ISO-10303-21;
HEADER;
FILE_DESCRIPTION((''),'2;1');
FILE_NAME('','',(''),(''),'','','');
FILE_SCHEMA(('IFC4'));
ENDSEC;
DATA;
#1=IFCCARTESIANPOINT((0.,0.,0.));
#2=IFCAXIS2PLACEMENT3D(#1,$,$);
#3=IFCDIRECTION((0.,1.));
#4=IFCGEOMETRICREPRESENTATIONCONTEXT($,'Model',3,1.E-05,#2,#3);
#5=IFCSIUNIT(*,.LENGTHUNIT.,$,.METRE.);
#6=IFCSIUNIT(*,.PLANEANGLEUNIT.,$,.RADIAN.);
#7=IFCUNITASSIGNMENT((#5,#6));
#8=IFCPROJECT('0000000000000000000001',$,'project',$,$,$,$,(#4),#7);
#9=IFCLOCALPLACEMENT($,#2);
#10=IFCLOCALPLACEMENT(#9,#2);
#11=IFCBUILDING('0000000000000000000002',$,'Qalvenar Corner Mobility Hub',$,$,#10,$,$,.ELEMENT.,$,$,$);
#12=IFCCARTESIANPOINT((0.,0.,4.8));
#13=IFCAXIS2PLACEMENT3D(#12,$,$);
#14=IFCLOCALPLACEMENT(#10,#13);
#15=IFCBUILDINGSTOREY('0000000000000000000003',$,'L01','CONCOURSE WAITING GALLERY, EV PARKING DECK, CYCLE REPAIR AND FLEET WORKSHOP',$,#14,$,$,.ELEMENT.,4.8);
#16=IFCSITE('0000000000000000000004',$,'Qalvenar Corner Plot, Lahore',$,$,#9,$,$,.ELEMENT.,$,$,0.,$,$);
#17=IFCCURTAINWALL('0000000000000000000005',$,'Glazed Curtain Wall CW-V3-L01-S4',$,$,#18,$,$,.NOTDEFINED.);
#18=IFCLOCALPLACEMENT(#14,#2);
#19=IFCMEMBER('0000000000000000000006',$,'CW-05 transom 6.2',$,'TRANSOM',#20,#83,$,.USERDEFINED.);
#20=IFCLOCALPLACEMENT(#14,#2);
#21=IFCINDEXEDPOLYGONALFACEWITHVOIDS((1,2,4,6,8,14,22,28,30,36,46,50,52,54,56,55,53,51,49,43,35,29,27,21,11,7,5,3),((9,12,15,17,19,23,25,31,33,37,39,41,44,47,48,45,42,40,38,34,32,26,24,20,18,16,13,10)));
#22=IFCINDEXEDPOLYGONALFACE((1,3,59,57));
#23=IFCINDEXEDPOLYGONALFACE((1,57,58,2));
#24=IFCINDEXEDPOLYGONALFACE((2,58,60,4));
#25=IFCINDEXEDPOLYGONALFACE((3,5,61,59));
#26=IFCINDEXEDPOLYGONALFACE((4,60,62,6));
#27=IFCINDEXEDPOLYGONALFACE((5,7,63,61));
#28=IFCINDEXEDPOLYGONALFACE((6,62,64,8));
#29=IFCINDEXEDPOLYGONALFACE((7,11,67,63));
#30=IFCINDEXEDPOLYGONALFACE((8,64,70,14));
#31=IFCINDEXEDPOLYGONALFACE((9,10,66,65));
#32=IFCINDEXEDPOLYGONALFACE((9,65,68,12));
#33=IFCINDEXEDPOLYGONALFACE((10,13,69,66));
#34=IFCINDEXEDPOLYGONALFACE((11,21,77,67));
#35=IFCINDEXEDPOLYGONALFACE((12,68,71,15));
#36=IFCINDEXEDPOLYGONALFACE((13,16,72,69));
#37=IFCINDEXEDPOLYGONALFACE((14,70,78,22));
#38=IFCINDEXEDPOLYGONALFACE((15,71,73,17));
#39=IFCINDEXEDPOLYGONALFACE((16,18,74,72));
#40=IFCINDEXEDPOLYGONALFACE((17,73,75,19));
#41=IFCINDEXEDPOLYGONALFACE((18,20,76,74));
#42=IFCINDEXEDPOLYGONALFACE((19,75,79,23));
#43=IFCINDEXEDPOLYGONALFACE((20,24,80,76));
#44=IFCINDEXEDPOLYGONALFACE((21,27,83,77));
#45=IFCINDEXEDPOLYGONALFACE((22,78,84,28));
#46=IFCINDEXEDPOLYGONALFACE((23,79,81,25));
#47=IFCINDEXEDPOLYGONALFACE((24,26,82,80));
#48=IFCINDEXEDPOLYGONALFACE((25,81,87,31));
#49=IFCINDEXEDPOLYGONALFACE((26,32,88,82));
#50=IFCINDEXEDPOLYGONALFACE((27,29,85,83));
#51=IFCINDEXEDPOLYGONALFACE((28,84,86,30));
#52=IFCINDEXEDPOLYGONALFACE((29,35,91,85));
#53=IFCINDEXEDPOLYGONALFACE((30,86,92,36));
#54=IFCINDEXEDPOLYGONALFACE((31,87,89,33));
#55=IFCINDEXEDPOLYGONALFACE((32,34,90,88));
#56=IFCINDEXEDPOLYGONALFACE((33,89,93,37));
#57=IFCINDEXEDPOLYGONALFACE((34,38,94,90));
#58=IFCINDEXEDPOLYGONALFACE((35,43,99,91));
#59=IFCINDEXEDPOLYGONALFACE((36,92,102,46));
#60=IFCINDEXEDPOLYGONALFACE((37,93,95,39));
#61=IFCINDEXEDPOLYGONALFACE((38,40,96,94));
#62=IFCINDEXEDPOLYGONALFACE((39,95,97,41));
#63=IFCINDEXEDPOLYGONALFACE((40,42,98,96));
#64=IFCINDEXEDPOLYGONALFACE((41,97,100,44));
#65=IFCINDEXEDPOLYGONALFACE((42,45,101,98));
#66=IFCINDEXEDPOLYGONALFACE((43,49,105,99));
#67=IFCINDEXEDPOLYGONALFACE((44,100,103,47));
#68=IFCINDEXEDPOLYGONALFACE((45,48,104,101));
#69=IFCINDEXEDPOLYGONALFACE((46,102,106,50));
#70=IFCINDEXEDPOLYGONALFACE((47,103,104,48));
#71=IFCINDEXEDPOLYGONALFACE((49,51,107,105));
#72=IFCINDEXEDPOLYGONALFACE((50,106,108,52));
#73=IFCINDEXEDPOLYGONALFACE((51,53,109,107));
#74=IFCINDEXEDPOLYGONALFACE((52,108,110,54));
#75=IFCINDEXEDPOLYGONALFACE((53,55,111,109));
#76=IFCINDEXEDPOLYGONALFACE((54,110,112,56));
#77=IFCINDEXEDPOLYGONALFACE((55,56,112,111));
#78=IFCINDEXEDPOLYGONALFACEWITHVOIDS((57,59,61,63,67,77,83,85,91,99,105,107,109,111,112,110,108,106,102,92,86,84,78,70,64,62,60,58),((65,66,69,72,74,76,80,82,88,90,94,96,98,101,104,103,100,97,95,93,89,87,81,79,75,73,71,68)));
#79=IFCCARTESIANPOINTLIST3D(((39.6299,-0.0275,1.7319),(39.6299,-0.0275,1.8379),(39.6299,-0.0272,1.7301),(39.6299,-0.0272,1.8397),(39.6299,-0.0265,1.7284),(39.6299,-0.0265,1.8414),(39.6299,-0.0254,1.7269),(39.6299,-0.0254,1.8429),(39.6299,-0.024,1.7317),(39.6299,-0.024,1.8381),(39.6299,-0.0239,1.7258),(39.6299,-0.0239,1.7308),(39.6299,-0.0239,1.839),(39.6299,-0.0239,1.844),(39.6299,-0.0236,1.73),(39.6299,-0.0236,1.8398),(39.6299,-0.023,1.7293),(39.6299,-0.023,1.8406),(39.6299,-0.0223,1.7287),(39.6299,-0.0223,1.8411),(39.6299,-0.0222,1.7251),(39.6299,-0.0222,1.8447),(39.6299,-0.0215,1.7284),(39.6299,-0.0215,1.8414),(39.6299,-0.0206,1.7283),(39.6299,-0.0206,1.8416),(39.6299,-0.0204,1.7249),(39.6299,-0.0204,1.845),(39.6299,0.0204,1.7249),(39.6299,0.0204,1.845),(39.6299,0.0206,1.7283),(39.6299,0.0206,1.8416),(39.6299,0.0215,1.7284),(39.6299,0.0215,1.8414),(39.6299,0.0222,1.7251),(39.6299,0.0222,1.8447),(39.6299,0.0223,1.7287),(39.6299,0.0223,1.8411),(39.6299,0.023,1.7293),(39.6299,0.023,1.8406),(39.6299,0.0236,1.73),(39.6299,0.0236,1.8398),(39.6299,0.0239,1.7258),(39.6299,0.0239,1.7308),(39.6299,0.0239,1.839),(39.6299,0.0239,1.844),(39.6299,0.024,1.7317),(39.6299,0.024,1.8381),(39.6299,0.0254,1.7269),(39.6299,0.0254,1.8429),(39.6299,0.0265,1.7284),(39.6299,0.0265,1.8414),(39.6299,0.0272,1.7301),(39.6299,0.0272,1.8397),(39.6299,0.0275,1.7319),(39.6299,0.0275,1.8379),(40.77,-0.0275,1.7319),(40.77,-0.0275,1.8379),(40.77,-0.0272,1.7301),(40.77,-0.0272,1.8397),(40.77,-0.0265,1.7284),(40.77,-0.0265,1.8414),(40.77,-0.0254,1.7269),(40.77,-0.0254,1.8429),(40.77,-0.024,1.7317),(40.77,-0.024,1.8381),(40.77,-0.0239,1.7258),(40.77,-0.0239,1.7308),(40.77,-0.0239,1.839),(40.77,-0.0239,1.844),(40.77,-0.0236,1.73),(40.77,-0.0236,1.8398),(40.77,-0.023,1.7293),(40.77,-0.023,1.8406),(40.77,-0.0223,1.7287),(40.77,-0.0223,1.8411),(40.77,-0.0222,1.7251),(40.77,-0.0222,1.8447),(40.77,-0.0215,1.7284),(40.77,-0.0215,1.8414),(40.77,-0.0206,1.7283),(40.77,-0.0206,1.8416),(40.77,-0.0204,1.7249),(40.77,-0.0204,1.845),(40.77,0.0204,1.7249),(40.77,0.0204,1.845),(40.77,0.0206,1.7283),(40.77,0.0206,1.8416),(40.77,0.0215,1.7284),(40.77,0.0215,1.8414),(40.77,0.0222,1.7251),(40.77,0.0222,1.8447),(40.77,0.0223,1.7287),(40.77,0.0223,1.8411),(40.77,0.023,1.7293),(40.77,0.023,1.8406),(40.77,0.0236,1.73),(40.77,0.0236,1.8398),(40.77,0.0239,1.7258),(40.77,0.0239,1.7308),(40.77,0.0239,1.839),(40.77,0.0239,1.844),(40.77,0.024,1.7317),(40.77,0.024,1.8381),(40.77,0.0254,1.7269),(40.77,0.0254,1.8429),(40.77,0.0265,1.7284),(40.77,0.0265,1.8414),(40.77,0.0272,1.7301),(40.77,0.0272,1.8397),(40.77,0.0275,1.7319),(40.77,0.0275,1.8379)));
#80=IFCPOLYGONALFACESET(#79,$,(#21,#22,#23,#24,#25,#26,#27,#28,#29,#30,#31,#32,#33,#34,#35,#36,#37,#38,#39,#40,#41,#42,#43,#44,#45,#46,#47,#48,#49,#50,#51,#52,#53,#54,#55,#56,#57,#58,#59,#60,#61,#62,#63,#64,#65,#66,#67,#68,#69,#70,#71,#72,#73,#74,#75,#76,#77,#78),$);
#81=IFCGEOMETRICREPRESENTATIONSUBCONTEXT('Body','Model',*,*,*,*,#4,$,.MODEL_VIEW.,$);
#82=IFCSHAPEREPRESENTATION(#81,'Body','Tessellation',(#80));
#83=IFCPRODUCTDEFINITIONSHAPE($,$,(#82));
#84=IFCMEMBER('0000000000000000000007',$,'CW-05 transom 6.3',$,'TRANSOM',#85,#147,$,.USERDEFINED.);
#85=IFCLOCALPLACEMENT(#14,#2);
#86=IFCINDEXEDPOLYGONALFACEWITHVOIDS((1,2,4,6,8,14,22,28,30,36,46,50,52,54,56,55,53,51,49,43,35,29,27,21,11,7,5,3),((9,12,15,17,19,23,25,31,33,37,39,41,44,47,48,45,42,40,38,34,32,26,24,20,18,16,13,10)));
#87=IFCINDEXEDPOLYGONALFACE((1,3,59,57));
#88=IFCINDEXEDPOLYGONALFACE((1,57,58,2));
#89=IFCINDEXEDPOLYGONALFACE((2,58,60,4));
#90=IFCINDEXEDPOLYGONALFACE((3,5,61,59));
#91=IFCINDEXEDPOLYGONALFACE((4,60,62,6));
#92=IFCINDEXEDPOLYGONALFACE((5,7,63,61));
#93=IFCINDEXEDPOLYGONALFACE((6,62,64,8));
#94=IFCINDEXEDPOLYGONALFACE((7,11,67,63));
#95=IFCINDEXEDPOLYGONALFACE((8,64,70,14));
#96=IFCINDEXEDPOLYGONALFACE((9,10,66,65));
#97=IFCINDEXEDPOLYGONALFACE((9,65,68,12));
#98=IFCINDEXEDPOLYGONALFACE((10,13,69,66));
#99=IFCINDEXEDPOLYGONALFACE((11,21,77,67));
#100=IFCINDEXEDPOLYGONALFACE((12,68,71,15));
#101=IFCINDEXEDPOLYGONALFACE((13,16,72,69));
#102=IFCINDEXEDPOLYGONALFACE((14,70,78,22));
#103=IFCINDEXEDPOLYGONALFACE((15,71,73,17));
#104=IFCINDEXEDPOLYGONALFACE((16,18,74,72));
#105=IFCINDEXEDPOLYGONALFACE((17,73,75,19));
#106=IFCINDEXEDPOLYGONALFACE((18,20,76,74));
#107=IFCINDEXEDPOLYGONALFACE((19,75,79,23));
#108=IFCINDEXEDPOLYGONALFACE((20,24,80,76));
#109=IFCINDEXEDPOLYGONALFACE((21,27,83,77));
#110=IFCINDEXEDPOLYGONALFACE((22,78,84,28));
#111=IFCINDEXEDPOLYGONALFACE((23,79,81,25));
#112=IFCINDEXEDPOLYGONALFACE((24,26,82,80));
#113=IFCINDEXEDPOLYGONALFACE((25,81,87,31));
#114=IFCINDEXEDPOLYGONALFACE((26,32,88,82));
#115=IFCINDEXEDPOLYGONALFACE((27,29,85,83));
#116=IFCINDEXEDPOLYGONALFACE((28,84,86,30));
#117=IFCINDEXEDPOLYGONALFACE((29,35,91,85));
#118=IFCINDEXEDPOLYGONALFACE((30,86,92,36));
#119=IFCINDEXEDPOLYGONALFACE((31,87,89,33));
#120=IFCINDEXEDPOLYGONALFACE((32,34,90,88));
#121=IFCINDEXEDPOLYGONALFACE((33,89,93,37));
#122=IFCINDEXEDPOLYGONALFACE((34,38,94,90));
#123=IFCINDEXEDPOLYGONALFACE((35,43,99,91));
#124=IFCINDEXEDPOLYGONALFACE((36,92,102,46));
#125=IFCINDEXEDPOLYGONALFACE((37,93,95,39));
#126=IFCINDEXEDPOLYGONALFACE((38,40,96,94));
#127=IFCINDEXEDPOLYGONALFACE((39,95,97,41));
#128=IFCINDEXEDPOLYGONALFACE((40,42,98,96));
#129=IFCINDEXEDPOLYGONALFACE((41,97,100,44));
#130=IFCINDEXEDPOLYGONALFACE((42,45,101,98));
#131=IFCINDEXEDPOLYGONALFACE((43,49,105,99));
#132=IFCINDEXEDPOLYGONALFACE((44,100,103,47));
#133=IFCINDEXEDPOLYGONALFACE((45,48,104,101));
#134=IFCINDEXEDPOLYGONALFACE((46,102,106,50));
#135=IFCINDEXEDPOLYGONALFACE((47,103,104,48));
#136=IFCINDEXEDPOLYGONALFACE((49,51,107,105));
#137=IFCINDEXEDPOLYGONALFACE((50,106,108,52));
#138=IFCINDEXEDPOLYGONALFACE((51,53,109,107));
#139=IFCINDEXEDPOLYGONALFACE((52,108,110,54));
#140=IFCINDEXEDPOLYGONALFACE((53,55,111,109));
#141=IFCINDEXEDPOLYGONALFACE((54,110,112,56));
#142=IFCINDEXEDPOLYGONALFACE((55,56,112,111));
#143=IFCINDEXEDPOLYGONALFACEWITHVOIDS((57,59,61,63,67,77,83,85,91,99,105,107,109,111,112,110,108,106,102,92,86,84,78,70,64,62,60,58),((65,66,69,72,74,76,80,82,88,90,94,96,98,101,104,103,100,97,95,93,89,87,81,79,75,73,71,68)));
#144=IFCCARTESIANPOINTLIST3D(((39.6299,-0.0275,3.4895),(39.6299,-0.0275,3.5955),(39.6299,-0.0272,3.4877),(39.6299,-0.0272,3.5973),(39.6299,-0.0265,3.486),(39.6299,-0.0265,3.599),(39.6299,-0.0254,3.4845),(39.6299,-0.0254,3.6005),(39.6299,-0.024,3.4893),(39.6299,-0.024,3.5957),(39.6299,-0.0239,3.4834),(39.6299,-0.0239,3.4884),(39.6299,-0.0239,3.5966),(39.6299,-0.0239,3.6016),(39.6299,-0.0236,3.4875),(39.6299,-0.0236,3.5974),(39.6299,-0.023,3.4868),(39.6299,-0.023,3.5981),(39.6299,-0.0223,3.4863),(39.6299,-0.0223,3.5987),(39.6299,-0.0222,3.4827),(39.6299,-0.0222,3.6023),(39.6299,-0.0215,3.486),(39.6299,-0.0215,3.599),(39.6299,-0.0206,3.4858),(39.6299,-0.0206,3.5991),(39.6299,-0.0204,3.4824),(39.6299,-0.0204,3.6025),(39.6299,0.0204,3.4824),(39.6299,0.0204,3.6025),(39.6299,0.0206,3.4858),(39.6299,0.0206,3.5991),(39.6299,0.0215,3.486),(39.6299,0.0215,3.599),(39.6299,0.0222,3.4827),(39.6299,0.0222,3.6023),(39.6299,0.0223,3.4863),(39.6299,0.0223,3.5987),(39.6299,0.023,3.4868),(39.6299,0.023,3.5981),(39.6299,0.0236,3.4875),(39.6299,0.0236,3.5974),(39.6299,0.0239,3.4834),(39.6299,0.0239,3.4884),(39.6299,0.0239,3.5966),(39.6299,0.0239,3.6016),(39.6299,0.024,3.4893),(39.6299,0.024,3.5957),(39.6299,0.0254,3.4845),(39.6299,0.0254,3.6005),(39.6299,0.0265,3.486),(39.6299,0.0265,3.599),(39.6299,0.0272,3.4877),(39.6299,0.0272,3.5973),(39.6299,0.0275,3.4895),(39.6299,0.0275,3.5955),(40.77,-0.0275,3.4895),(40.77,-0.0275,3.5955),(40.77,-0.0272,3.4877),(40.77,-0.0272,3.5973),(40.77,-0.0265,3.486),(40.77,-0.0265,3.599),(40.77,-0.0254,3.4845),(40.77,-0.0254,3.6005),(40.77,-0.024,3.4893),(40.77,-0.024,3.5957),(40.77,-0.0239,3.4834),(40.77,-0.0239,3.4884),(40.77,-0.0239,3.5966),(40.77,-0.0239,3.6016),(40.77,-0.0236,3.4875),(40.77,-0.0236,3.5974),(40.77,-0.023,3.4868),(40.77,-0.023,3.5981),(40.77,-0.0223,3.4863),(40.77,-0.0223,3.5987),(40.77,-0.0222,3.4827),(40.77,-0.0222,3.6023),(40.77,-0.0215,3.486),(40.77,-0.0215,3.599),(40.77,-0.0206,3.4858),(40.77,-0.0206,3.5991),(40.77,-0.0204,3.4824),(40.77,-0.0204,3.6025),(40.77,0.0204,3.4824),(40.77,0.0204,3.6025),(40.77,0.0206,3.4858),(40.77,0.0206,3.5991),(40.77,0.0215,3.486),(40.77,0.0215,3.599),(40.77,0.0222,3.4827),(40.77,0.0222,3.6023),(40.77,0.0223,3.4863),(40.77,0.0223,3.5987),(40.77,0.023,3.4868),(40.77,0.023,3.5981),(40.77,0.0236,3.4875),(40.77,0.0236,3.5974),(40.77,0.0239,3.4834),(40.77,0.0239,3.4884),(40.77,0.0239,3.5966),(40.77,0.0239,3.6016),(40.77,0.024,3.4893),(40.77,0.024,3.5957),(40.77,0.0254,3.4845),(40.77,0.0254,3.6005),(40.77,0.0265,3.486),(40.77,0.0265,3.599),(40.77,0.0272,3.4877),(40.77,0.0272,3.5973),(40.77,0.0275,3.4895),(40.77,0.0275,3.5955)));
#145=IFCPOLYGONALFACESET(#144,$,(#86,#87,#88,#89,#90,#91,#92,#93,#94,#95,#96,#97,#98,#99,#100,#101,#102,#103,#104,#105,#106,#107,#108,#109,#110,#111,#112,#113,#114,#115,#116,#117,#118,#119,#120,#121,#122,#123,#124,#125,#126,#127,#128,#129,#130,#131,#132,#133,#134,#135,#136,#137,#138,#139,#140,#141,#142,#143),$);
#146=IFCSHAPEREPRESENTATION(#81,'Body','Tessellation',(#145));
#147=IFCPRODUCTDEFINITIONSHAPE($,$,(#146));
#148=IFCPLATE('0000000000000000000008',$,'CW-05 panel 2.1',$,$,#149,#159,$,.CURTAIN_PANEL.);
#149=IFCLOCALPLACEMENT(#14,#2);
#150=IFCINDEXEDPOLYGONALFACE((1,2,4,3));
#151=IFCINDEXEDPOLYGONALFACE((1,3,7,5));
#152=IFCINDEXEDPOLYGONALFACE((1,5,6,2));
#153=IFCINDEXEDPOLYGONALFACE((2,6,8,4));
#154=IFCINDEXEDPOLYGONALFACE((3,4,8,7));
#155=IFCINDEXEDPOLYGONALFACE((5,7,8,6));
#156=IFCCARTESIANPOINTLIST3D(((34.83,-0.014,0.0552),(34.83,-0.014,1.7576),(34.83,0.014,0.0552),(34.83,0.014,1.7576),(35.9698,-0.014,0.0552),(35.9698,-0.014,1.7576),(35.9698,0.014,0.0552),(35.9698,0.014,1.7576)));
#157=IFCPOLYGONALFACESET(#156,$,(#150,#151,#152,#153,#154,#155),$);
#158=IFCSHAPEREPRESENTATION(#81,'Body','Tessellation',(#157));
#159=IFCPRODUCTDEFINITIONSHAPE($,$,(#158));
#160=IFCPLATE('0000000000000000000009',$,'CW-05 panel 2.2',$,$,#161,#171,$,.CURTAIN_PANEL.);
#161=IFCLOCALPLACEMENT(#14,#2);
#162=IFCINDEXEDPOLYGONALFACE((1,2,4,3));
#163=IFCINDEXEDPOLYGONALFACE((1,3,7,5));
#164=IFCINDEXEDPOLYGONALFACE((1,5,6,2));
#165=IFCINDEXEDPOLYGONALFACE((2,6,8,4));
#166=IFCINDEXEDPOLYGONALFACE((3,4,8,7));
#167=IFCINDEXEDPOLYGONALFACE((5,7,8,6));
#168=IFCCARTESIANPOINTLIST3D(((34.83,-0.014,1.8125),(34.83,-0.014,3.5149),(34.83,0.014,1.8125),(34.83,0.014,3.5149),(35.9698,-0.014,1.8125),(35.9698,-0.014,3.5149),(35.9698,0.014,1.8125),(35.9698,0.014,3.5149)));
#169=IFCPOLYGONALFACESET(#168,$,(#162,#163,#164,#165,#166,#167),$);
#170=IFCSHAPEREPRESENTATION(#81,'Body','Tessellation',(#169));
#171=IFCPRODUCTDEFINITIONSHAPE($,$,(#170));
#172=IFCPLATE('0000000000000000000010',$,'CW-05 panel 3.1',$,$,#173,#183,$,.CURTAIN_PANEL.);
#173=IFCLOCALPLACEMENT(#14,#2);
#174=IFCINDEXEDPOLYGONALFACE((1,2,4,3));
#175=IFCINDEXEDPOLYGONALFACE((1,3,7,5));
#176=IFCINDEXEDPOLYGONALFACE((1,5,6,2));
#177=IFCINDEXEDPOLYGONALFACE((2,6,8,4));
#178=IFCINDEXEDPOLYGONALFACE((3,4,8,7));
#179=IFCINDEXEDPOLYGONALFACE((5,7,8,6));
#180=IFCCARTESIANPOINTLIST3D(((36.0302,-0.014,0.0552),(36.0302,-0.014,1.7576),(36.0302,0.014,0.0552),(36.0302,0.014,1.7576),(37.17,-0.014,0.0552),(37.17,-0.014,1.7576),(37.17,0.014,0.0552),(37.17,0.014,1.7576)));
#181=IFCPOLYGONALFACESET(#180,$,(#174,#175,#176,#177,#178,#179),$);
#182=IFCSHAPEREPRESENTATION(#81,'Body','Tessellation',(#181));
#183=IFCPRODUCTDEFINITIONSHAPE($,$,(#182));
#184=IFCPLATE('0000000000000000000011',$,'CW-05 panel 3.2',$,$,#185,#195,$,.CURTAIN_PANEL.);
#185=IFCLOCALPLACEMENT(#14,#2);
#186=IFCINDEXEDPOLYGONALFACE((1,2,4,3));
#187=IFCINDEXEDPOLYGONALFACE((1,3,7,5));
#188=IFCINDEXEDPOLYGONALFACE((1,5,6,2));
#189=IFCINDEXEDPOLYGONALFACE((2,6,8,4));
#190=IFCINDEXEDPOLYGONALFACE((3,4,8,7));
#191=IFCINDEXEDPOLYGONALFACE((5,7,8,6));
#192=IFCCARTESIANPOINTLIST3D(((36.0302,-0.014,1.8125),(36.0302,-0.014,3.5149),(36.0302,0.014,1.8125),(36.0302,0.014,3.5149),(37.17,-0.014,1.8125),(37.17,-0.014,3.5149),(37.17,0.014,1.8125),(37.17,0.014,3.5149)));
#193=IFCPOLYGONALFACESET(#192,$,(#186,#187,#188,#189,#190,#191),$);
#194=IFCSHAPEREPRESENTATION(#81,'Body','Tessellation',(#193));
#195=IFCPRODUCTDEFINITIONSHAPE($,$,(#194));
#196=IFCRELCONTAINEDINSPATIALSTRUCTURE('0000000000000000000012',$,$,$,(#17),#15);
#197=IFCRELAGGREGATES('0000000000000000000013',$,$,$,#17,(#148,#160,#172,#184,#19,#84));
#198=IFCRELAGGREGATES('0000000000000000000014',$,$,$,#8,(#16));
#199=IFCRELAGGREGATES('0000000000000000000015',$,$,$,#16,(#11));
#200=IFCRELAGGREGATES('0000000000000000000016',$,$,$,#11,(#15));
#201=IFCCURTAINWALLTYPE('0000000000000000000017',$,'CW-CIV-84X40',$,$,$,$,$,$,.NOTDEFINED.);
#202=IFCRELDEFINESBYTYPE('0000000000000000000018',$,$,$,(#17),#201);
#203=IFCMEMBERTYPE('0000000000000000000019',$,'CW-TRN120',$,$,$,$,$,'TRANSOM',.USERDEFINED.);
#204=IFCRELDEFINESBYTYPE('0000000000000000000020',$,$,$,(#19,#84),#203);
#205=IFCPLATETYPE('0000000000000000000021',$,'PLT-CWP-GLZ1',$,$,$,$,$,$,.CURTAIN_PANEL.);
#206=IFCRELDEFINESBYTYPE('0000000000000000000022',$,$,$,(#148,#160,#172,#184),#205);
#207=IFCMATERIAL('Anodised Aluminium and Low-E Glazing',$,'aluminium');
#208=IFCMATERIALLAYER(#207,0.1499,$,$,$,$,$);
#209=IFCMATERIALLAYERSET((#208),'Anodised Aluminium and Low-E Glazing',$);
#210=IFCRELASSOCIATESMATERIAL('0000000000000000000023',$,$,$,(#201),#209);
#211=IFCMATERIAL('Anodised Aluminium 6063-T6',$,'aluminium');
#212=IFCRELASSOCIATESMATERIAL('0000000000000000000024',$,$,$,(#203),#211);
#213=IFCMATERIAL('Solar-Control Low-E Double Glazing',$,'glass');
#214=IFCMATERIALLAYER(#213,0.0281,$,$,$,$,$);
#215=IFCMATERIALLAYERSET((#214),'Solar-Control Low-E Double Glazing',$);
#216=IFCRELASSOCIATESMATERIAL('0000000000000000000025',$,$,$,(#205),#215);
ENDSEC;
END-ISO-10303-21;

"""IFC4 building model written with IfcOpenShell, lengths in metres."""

from ifc_helpers import new_model, si_unit, direction, frame, origin, origin_2d, place, context, subcontext, project, spatial, rectangle, hollow_rectangle, extrude, material, layer, layer_set, material_profile, profile_set, type_object, element, aggregate, save


model = new_model("IFC4")

# Units and contexts
model_context = context("Model", 3, precision=1e-05, world=origin(), true_north=direction((0.0, 1.0)))
body_context = subcontext(model_context, "Body", "Model", "MODEL_VIEW")
ifc_project = project(units=[si_unit("LENGTHUNIT", "METRE"), si_unit("PLANEANGLEUNIT", "RADIAN")], contexts=[model_context])

# Site, building, storey
site_placement = place(None, origin())
site = spatial("IfcSite", under=ifc_project, at=site_placement, Name="Qalvenar Corner Plot, Lahore", CompositionType="ELEMENT", RefElevation=0.0)
building_placement = place(site_placement, origin())
building = spatial("IfcBuilding", under=site, at=building_placement, Name="Qalvenar Corner Mobility Hub", CompositionType="ELEMENT")
storey_placement = place(building_placement, frame((0.0, 0.0, 4.8)))
storey = spatial("IfcBuildingStorey", under=building, at=storey_placement, Name="L01", Description="CONCOURSE WAITING GALLERY, EV PARKING DECK, CYCLE REPAIR AND FLEET WORKSHOP", CompositionType="ELEMENT", Elevation=4.8)

# Curtain wall, members, plates
ifc_material_1 = material(Name="Anodised Aluminium and Low-E Glazing", Category="aluminium")
ifc_layer_1 = layer(ifc_material_1, 0.1499)
ifc_layer_set_1 = layer_set([ifc_layer_1], Name="Anodised Aluminium and Low-E Glazing")
curtain_wall_type = type_object("IfcCurtainWallType", Name="CW-CIV-84X40", PredefinedType="NOTDEFINED", material=ifc_layer_set_1)
curtain_wall_placement = place(storey_placement, origin())
curtain_wall = element("IfcCurtainWall", 1, at=curtain_wall_placement, inside=storey, type_object=curtain_wall_type, Name="Glazed Curtain Wall CW-V3-L01-S4", PredefinedType="NOTDEFINED")
ifc_material_2 = material(Name="Anodised Aluminium 6063-T6", Category="aluminium")
ifc_material_profile_1 = material_profile(ifc_material_2, hollow_rectangle(XDim=0.0549, YDim=0.1201, WallThickness=0.0034, InnerFilletRadius=0.0034, OuterFilletRadius=0.0071, at=origin_2d()), Name="RHS120x55x3.5")
ifc_profile_set_1 = profile_set([ifc_material_profile_1], Name="Anodised Aluminium 6063-T6")
member_type_1 = type_object("IfcMemberType", Name="CW-TRN120", ElementType="TRANSOM", PredefinedType="USERDEFINED", material=ifc_profile_set_1)
member_1_placement = place(storey_placement, frame((39.6299, 0.0, 1.7849), z_axis=(1.0, 0.0, 0.0), x_axis=(0.0, 1.0, 0.0)))
member_1 = element("IfcMember", 2, at=member_1_placement, type_object=member_type_1, Name="CW-05 transom 6.2", ObjectType="TRANSOM", PredefinedType="USERDEFINED", context=body_context, shape_type="SweptSolid", body=[
    extrude(hollow_rectangle(XDim=0.0549, YDim=0.1201, WallThickness=0.0034, InnerFilletRadius=0.0034, OuterFilletRadius=0.0071, at=origin_2d()), origin(), (0.0, 0.0, 1.0), 1.1401),
])
member_2_placement = place(storey_placement, frame((39.6299, 0.0, 3.5425), z_axis=(1.0, 0.0, 0.0), x_axis=(0.0, 1.0, 0.0)))
member_2 = element("IfcMember", 3, at=member_2_placement, type_object=member_type_1, Name="CW-05 transom 6.3", ObjectType="TRANSOM", PredefinedType="USERDEFINED", context=body_context, shape_type="SweptSolid", body=[
    extrude(hollow_rectangle(XDim=0.0549, YDim=0.1201, WallThickness=0.0034, InnerFilletRadius=0.0034, OuterFilletRadius=0.0071, at=origin_2d()), origin(), (0.0, 0.0, 1.0), 1.1401),
])
ifc_material_3 = material(Name="Solar-Control Low-E Double Glazing", Category="glass")
ifc_layer_2 = layer(ifc_material_3, 0.0281)
ifc_layer_set_2 = layer_set([ifc_layer_2], Name="Solar-Control Low-E Double Glazing")
plate_type = type_object("IfcPlateType", Name="PLT-CWP-GLZ1", PredefinedType="CURTAIN_PANEL", material=ifc_layer_set_2)
plate_1_placement = place(storey_placement, frame((35.3999, 0.0, 0.0552), z_axis=(0.0, 0.0, 1.0), x_axis=(1.0, 0.0, 0.0)))
plate_1 = element("IfcPlate", 4, at=plate_1_placement, type_object=plate_type, Name="CW-05 panel 2.1", PredefinedType="CURTAIN_PANEL", context=body_context, shape_type="SweptSolid", body=[
    extrude(rectangle(XDim=1.1399, YDim=0.0281, at=origin_2d()), origin(), (0.0, 0.0, 1.0), 1.7024),
])
plate_2_placement = place(storey_placement, frame((35.3999, 0.0, 1.8125), z_axis=(0.0, 0.0, 1.0), x_axis=(1.0, 0.0, 0.0)))
plate_2 = element("IfcPlate", 5, at=plate_2_placement, type_object=plate_type, Name="CW-05 panel 2.2", PredefinedType="CURTAIN_PANEL", context=body_context, shape_type="SweptSolid", body=[
    extrude(rectangle(XDim=1.1399, YDim=0.0281, at=origin_2d()), origin(), (0.0, 0.0, 1.0), 1.7024),
])
plate_3_placement = place(storey_placement, frame((36.6001, 0.0, 0.0552), z_axis=(0.0, 0.0, 1.0), x_axis=(1.0, 0.0, 0.0)))
plate_3 = element("IfcPlate", 6, at=plate_3_placement, type_object=plate_type, Name="CW-05 panel 3.1", PredefinedType="CURTAIN_PANEL", context=body_context, shape_type="SweptSolid", body=[
    extrude(rectangle(XDim=1.1399, YDim=0.0281, at=origin_2d()), origin(), (0.0, 0.0, 1.0), 1.7024),
])
plate_4_placement = place(storey_placement, frame((36.6001, 0.0, 1.8125), z_axis=(0.0, 0.0, 1.0), x_axis=(1.0, 0.0, 0.0)))
plate_4 = element("IfcPlate", 7, at=plate_4_placement, type_object=plate_type, Name="CW-05 panel 3.2", PredefinedType="CURTAIN_PANEL", context=body_context, shape_type="SweptSolid", body=[
    extrude(rectangle(XDim=1.1399, YDim=0.0281, at=origin_2d()), origin(), (0.0, 0.0, 1.0), 1.7024),
])
aggregate(curtain_wall, [plate_1, plate_2, plate_3, plate_4, member_1, member_2])

save(model, "model.ifc")
